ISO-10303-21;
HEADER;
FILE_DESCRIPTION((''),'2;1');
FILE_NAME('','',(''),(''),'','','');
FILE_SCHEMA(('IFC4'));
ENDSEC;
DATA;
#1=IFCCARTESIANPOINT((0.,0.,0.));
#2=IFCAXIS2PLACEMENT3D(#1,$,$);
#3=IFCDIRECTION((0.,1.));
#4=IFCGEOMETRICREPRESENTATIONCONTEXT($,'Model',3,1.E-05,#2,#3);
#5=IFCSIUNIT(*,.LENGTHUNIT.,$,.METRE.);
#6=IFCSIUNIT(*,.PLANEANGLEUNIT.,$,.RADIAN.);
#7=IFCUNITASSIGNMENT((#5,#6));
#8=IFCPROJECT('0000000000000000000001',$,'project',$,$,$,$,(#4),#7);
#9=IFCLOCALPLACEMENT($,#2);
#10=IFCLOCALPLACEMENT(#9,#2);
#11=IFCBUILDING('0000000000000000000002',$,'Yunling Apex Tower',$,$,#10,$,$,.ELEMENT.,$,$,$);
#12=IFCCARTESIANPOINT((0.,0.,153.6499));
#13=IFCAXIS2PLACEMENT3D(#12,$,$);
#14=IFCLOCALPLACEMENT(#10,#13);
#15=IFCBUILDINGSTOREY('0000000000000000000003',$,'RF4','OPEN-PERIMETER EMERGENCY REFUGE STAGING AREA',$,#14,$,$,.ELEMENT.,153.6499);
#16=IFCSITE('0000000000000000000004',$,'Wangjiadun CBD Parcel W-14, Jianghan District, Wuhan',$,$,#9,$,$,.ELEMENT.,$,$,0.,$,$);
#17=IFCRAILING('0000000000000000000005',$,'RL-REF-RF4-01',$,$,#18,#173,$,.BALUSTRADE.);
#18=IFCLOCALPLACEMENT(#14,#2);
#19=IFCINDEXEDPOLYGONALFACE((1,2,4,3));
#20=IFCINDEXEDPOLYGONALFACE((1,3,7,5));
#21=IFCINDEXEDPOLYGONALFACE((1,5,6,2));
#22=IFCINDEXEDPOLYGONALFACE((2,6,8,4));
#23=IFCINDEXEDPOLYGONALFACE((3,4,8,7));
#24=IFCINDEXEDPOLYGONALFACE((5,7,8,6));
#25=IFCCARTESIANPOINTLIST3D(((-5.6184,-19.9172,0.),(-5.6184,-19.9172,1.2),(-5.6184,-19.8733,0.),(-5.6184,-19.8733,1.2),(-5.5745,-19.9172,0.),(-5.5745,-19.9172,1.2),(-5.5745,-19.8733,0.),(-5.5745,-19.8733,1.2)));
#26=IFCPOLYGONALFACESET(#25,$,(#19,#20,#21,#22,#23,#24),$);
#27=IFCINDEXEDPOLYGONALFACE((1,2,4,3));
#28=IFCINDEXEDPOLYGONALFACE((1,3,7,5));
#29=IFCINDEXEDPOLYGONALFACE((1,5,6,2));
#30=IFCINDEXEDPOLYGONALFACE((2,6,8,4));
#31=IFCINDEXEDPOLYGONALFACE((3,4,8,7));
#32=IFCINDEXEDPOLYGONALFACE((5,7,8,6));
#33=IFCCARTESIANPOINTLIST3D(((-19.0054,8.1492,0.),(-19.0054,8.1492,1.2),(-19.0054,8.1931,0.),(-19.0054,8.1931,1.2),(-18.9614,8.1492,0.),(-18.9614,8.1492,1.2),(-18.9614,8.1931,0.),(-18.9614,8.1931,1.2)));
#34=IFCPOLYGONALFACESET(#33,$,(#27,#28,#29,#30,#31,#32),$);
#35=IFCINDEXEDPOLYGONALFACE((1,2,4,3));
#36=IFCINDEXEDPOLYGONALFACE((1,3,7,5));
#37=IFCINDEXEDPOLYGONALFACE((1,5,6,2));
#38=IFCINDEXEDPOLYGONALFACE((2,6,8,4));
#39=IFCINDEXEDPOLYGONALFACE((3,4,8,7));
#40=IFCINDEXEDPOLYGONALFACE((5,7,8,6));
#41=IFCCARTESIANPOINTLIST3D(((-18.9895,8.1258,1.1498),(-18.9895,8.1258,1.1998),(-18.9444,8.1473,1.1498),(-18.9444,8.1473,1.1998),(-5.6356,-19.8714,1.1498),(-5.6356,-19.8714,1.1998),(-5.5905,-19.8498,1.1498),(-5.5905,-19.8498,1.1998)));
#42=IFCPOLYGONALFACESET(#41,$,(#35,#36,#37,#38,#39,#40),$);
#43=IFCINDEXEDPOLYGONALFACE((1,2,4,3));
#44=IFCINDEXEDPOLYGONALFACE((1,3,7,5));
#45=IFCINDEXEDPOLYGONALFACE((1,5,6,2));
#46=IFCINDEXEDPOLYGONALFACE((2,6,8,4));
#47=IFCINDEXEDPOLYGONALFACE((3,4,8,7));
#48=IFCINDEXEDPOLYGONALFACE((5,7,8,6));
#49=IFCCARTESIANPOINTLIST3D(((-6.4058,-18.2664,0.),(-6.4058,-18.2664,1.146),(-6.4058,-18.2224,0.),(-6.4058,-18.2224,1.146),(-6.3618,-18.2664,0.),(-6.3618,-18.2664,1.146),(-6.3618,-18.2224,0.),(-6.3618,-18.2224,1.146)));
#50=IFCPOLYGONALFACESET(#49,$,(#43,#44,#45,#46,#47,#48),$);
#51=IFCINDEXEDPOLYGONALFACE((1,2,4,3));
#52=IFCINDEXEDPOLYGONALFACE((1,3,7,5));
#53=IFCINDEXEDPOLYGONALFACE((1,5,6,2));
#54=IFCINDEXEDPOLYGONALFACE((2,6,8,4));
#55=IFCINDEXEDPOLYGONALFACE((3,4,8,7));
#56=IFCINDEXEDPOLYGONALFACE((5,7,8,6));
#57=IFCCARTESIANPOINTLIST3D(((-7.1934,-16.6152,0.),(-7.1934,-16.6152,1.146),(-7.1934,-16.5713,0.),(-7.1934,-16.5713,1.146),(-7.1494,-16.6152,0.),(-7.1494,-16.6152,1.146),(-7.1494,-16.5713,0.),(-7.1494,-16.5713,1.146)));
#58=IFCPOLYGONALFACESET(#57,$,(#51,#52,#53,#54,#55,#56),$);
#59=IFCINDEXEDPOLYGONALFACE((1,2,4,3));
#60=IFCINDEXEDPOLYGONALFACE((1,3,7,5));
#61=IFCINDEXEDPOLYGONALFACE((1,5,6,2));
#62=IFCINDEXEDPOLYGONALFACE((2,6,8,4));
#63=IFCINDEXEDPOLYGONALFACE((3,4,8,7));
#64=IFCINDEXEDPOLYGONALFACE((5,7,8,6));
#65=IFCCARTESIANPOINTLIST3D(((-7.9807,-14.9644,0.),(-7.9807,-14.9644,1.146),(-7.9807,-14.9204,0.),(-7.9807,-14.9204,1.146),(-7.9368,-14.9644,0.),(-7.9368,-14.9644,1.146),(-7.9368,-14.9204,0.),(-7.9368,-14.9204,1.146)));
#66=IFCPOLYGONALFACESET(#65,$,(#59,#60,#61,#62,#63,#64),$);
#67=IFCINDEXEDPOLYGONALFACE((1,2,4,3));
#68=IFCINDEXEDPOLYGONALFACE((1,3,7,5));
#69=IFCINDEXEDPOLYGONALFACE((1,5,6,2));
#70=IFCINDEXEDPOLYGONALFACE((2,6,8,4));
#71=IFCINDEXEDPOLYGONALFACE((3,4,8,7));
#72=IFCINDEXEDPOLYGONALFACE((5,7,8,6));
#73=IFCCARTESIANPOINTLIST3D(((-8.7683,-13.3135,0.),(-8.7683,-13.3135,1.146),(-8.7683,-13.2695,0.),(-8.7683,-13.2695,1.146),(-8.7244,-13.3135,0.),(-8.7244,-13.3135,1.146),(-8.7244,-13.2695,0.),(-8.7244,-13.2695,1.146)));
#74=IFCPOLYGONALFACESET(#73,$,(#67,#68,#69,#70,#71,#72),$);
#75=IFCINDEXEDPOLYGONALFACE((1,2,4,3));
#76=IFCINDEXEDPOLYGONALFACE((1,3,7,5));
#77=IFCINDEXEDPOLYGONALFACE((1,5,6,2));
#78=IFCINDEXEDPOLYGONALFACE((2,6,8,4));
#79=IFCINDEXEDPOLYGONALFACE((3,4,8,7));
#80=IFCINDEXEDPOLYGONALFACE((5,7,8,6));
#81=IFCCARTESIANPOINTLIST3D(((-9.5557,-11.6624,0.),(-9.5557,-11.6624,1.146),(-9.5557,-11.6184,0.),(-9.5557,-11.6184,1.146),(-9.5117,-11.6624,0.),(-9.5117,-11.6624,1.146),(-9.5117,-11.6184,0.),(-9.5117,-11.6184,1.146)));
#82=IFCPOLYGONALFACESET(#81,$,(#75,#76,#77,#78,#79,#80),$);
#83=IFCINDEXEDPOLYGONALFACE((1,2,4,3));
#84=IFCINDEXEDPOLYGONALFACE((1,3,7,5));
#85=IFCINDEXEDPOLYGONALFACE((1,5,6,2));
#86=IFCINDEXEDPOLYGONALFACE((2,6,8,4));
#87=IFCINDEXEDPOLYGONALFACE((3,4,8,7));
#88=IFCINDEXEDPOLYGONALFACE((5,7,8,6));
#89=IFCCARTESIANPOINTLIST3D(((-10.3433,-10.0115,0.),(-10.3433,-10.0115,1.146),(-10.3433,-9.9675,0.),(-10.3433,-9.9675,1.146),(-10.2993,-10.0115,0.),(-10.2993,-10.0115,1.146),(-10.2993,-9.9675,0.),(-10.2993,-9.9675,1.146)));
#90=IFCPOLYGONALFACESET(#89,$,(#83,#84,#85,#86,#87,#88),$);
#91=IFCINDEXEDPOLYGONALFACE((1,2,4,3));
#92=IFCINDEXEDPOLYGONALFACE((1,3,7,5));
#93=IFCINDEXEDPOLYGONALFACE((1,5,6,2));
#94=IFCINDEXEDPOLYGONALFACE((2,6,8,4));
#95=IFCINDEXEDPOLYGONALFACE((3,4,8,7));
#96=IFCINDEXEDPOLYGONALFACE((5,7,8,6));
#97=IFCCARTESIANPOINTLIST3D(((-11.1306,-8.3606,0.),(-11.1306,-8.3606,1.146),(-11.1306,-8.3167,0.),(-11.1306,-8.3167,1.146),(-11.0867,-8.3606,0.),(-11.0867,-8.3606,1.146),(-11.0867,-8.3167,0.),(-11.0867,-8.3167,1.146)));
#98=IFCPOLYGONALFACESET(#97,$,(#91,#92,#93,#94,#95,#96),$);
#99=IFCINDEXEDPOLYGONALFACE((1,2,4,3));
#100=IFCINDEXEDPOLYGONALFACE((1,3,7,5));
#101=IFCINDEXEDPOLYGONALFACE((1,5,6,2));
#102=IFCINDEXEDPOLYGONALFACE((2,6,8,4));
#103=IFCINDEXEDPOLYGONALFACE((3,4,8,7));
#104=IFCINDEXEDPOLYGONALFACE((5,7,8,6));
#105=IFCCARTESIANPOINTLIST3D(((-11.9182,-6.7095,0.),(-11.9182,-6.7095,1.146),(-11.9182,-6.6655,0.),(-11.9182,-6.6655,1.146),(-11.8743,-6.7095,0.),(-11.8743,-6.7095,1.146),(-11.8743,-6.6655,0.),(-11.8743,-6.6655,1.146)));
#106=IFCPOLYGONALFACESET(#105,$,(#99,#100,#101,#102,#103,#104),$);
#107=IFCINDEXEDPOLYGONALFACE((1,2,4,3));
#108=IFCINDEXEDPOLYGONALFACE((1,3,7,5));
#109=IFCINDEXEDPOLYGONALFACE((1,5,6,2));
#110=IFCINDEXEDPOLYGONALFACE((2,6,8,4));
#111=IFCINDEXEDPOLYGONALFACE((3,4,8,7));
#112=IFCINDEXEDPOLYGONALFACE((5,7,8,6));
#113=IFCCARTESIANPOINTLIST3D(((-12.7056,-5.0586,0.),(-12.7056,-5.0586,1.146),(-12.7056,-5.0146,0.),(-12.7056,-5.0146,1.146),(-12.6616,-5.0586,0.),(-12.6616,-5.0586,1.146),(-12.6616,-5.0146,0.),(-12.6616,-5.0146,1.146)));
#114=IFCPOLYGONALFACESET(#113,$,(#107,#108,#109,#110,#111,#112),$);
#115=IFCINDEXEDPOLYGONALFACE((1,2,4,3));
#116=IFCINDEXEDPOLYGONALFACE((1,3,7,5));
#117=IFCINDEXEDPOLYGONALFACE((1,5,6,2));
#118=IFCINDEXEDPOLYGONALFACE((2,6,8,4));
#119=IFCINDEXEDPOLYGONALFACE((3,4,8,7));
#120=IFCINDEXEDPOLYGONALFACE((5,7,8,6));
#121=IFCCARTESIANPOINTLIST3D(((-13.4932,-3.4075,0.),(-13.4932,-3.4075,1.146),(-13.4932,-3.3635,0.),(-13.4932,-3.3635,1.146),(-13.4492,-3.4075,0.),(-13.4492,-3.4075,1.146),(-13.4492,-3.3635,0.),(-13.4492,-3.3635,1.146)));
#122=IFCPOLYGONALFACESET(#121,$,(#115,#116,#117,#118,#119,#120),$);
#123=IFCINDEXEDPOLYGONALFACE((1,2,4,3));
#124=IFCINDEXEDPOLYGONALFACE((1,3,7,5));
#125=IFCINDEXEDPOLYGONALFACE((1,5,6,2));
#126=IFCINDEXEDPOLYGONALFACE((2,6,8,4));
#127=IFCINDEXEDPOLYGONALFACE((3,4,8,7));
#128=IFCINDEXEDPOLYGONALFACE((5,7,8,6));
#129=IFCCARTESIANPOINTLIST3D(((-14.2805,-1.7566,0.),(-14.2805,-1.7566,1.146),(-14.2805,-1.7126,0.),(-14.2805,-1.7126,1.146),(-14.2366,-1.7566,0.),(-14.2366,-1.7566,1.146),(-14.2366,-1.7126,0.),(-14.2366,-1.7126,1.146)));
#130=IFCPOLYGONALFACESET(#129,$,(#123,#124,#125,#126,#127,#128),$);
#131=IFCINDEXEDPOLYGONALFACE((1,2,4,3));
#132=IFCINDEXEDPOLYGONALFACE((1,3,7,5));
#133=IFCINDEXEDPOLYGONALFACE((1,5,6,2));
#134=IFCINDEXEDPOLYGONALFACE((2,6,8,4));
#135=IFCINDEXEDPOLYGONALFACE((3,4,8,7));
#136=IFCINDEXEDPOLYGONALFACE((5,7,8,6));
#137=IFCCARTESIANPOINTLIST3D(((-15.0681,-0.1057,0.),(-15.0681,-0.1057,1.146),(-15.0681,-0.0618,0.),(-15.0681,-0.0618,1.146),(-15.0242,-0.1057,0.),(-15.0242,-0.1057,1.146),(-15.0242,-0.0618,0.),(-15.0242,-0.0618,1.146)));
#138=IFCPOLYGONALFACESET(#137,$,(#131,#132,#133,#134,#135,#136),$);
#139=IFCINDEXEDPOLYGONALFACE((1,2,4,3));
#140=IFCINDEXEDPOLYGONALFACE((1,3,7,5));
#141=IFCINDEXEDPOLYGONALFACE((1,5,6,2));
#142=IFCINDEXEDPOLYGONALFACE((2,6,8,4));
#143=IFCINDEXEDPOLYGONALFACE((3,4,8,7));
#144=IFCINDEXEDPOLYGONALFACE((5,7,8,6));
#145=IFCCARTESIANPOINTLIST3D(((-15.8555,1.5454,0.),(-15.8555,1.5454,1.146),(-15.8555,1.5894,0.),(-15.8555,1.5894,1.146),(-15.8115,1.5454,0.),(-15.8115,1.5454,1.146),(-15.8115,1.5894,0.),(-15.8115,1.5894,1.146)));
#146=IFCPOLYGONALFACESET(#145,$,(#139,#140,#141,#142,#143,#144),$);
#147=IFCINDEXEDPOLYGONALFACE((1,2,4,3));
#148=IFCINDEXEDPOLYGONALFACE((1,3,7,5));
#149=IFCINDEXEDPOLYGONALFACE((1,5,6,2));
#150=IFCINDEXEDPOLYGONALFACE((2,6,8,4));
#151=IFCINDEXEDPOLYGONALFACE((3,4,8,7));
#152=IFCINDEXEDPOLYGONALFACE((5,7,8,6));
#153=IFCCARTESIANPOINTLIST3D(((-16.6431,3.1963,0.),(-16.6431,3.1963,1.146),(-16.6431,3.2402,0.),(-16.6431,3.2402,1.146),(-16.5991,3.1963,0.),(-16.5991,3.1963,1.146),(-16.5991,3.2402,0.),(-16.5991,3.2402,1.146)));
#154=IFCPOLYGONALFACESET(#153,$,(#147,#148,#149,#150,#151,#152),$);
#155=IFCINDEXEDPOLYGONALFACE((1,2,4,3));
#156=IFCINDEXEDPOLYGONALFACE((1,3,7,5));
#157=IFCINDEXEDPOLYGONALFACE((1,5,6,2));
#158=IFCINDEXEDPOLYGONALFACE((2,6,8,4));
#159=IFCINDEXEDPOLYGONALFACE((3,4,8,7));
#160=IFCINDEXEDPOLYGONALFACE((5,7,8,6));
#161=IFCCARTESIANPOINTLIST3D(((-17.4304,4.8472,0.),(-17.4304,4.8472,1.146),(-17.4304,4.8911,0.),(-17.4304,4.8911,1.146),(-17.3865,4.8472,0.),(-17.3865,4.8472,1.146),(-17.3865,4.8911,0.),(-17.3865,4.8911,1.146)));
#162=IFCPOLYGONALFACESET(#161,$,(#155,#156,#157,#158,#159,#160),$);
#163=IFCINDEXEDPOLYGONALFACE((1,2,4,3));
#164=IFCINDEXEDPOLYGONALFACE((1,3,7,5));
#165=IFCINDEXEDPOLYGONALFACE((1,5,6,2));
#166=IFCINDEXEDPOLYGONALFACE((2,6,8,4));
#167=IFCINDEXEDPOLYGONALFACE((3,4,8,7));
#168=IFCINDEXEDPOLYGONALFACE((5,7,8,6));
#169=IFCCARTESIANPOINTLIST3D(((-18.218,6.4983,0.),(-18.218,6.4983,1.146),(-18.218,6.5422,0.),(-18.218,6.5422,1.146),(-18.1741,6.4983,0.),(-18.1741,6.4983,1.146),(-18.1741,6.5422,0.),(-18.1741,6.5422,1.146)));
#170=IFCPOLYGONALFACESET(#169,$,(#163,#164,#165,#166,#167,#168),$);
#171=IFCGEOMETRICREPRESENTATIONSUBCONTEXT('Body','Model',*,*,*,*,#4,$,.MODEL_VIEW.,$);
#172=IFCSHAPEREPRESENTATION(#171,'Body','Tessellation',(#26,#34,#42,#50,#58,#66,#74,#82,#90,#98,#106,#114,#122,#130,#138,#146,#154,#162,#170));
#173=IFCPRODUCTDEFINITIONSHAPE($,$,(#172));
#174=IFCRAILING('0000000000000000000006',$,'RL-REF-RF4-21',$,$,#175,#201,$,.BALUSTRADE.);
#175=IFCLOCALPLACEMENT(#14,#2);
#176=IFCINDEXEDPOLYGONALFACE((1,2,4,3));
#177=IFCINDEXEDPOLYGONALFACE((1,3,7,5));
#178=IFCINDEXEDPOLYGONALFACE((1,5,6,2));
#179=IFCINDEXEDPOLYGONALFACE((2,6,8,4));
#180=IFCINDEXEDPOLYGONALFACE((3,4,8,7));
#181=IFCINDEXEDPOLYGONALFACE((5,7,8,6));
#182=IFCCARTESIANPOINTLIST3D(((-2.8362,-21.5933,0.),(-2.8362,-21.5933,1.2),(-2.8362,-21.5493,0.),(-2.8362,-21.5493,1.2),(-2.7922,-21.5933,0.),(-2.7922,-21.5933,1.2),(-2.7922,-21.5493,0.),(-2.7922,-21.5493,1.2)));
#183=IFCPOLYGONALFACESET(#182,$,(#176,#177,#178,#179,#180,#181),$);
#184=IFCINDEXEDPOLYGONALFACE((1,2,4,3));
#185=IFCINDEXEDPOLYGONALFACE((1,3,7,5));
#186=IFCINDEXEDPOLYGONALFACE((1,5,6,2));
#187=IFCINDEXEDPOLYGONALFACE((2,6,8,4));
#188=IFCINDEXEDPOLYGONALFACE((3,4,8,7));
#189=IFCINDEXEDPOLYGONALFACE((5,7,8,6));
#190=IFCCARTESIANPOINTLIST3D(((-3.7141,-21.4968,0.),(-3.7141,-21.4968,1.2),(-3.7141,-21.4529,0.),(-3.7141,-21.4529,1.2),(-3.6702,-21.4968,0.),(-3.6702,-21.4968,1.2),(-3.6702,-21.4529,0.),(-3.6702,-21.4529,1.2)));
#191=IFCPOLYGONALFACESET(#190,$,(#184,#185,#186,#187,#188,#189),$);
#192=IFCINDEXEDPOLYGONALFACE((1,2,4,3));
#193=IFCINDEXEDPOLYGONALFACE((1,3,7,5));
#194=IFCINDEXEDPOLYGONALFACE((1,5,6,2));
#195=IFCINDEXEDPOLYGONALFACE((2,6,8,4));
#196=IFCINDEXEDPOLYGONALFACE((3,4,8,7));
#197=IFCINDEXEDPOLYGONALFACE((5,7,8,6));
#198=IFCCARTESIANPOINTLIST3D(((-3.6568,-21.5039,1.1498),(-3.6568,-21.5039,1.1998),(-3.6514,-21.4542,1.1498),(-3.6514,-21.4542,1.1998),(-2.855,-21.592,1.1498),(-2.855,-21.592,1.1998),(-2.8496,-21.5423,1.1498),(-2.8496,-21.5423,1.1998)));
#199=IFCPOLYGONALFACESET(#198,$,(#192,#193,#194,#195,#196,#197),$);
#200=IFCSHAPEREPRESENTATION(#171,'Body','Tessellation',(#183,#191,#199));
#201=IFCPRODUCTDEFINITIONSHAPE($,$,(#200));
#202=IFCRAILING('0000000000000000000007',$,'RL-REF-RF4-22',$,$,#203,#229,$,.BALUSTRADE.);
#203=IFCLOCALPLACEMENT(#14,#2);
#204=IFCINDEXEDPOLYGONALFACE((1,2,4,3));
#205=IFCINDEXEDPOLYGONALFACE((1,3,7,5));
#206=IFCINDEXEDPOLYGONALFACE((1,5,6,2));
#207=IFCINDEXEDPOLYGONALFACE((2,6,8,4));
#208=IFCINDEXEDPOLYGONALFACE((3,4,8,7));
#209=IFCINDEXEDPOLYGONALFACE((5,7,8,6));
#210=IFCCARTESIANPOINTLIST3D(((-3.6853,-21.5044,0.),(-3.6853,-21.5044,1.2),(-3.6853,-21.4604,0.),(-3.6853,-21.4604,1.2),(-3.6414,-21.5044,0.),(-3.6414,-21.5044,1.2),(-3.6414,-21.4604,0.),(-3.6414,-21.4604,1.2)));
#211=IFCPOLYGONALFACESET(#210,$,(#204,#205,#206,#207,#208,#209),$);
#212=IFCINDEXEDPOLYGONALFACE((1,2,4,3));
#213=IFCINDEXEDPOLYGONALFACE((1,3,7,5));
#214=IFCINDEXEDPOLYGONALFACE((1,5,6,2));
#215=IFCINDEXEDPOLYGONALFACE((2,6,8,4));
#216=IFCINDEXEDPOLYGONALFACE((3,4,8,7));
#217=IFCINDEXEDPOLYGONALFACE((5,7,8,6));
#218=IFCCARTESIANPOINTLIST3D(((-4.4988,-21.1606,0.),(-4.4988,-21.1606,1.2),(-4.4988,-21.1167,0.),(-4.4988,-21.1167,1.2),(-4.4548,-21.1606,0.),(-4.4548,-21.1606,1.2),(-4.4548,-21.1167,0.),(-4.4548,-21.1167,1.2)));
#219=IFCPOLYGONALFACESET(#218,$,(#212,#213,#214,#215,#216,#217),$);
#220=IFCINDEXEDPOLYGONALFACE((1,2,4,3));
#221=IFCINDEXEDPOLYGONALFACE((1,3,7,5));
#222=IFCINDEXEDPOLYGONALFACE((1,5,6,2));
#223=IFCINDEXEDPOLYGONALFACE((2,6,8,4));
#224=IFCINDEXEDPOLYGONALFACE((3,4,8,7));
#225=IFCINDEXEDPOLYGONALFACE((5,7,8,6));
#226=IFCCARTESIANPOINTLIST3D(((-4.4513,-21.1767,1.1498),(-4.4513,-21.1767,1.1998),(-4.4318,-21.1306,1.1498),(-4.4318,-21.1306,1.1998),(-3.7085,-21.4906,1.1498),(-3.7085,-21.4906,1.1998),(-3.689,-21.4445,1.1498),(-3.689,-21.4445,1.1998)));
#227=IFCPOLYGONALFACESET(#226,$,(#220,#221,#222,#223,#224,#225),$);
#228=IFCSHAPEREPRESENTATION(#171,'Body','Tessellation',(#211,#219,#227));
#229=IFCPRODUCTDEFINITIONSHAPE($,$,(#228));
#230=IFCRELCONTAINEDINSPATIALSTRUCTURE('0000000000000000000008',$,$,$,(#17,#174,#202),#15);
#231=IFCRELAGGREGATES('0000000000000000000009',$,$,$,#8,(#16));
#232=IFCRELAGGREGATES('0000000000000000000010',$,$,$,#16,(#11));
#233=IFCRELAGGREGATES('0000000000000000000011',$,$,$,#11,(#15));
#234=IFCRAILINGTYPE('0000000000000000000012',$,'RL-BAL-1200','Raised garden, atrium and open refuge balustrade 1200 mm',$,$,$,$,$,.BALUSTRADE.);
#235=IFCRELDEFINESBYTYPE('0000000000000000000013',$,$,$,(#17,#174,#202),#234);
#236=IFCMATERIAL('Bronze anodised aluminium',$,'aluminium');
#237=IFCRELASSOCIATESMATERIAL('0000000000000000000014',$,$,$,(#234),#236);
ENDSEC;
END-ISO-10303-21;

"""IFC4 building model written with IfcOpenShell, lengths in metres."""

from ifc_helpers import new_model, si_unit, direction, frame, origin, origin_2d, place, context, subcontext, project, spatial, rectangle, extrude, material, type_object, element, save


model = new_model("IFC4")

# Units and contexts
model_context = context("Model", 3, precision=1e-05, world=origin(), true_north=direction((0.0, 1.0)))
body_context = subcontext(model_context, "Body", "Model", "MODEL_VIEW")
ifc_project = project(units=[si_unit("LENGTHUNIT", "METRE"), si_unit("PLANEANGLEUNIT", "RADIAN")], contexts=[model_context])

# Site, building, storey
site_placement = place(None, origin())
site = spatial("IfcSite", under=ifc_project, at=site_placement, Name="Wangjiadun CBD Parcel W-14, Jianghan District, Wuhan", CompositionType="ELEMENT", RefElevation=0.0)
building_placement = place(site_placement, origin())
building = spatial("IfcBuilding", under=site, at=building_placement, Name="Yunling Apex Tower", CompositionType="ELEMENT")
storey_placement = place(building_placement, frame((0.0, 0.0, 153.6499)))
storey = spatial("IfcBuildingStorey", under=building, at=storey_placement, Name="RF4", Description="OPEN-PERIMETER EMERGENCY REFUGE STAGING AREA", CompositionType="ELEMENT", Elevation=153.6499)

# Railings
ifc_material_1 = material(Name="Bronze anodised aluminium", Category="aluminium")
railing_type = type_object("IfcRailingType", Name="RL-BAL-1200", Description="Raised garden, atrium and open refuge balustrade 1200 mm", PredefinedType="BALUSTRADE", material=ifc_material_1)
railing_1_placement = place(storey_placement, frame((-5.5964, -19.8953, 0.0)))
element("IfcRailing", 1, at=railing_1_placement, inside=storey, type_object=railing_type, Name="RL-REF-RF4-01", PredefinedType="BALUSTRADE", context=body_context, shape_type="SweptSolid", body=[
    extrude(rectangle(XDim=0.0439, YDim=0.0439, at=origin_2d()), origin(), (0.0, 0.0, 1.0), 1.2),
    extrude(rectangle(XDim=0.0439, YDim=0.0439, at=origin_2d()), frame((-13.387, 28.0664, 0.0)), (0.0, 0.0, 1.0), 1.2),
    extrude(rectangle(XDim=0.05, YDim=0.05, at=origin_2d()), frame((-0.0166, 0.0347, 1.1748), z_axis=(-0.43051, 0.902586, 0.0), x_axis=(-0.902586, -0.43051, 0.0)), (0.0, 0.0, 1.0), 31.0188),
    extrude(rectangle(XDim=0.0439, YDim=0.0439, at=origin_2d()), frame((-0.7874, 1.6509, 0.0)), (0.0, 0.0, 1.0), 1.146),
    extrude(rectangle(XDim=0.0439, YDim=0.0439, at=origin_2d()), frame((-1.575, 3.302, 0.0)), (0.0, 0.0, 1.0), 1.146),
    extrude(rectangle(XDim=0.0439, YDim=0.0439, at=origin_2d()), frame((-2.3623, 4.9529, 0.0)), (0.0, 0.0, 1.0), 1.146),
    extrude(rectangle(XDim=0.0439, YDim=0.0439, at=origin_2d()), frame((-3.1499, 6.6038, 0.0)), (0.0, 0.0, 1.0), 1.146),
    extrude(rectangle(XDim=0.0439, YDim=0.0439, at=origin_2d()), frame((-3.9373, 8.2549, 0.0)), (0.0, 0.0, 1.0), 1.146),
    extrude(rectangle(XDim=0.0439, YDim=0.0439, at=origin_2d()), frame((-4.7249, 9.9058, 0.0)), (0.0, 0.0, 1.0), 1.146),
    extrude(rectangle(XDim=0.0439, YDim=0.0439, at=origin_2d()), frame((-5.5122, 11.5566, 0.0)), (0.0, 0.0, 1.0), 1.146),
    extrude(rectangle(XDim=0.0439, YDim=0.0439, at=origin_2d()), frame((-6.2998, 13.2078, 0.0)), (0.0, 0.0, 1.0), 1.146),
    extrude(rectangle(XDim=0.0439, YDim=0.0439, at=origin_2d()), frame((-7.0872, 14.8586, 0.0)), (0.0, 0.0, 1.0), 1.146),
    extrude(rectangle(XDim=0.0439, YDim=0.0439, at=origin_2d()), frame((-7.8748, 16.5098, 0.0)), (0.0, 0.0, 1.0), 1.146),
    extrude(rectangle(XDim=0.0439, YDim=0.0439, at=origin_2d()), frame((-8.6621, 18.1606, 0.0)), (0.0, 0.0, 1.0), 1.146),
    extrude(rectangle(XDim=0.0439, YDim=0.0439, at=origin_2d()), frame((-9.4497, 19.8115, 0.0)), (0.0, 0.0, 1.0), 1.146),
    extrude(rectangle(XDim=0.0439, YDim=0.0439, at=origin_2d()), frame((-10.2371, 21.4626, 0.0)), (0.0, 0.0, 1.0), 1.146),
    extrude(rectangle(XDim=0.0439, YDim=0.0439, at=origin_2d()), frame((-11.0247, 23.1135, 0.0)), (0.0, 0.0, 1.0), 1.146),
    extrude(rectangle(XDim=0.0439, YDim=0.0439, at=origin_2d()), frame((-11.812, 24.7644, 0.0)), (0.0, 0.0, 1.0), 1.146),
    extrude(rectangle(XDim=0.0439, YDim=0.0439, at=origin_2d()), frame((-12.5996, 26.4155, 0.0)), (0.0, 0.0, 1.0), 1.146),
])
railing_2_placement = place(storey_placement, frame((-2.8142, -21.5713, 0.0)))
element("IfcRailing", 2, at=railing_2_placement, inside=storey, type_object=railing_type, Name="RL-REF-RF4-21", PredefinedType="BALUSTRADE", context=body_context, shape_type="SweptSolid", body=[
    extrude(rectangle(XDim=0.0439, YDim=0.0439, at=origin_2d()), origin(), (0.0, 0.0, 1.0), 1.2),
    extrude(rectangle(XDim=0.0439, YDim=0.0439, at=origin_2d()), frame((-0.8779, 0.0964, 0.0)), (0.0, 0.0, 1.0), 1.2),
    extrude(rectangle(XDim=0.05, YDim=0.05, at=origin_2d()), frame((-0.0381, 0.0042, 1.1748), z_axis=(-0.994021, 0.109188, 0.0), x_axis=(-0.109188, -0.994021, 0.0)), (0.0, 0.0, 1.0), 0.8066),
])
railing_3_placement = place(storey_placement, frame((-3.6633, -21.4824, 0.0)))
element("IfcRailing", 3, at=railing_3_placement, inside=storey, type_object=railing_type, Name="RL-REF-RF4-22", PredefinedType="BALUSTRADE", context=body_context, shape_type="SweptSolid", body=[
    extrude(rectangle(XDim=0.0439, YDim=0.0439, at=origin_2d()), origin(), (0.0, 0.0, 1.0), 1.2),
    extrude(rectangle(XDim=0.0439, YDim=0.0439, at=origin_2d()), frame((-0.8135, 0.3438, 0.0)), (0.0, 0.0, 1.0), 1.2),
    extrude(rectangle(XDim=0.05, YDim=0.05, at=origin_2d()), frame((-0.0354, 0.0149, 1.1748), z_axis=(-0.921135, 0.389243, 0.0), x_axis=(-0.389243, -0.921135, 0.0)), (0.0, 0.0, 1.0), 0.8064),
])

save(model, "model.ifc")
